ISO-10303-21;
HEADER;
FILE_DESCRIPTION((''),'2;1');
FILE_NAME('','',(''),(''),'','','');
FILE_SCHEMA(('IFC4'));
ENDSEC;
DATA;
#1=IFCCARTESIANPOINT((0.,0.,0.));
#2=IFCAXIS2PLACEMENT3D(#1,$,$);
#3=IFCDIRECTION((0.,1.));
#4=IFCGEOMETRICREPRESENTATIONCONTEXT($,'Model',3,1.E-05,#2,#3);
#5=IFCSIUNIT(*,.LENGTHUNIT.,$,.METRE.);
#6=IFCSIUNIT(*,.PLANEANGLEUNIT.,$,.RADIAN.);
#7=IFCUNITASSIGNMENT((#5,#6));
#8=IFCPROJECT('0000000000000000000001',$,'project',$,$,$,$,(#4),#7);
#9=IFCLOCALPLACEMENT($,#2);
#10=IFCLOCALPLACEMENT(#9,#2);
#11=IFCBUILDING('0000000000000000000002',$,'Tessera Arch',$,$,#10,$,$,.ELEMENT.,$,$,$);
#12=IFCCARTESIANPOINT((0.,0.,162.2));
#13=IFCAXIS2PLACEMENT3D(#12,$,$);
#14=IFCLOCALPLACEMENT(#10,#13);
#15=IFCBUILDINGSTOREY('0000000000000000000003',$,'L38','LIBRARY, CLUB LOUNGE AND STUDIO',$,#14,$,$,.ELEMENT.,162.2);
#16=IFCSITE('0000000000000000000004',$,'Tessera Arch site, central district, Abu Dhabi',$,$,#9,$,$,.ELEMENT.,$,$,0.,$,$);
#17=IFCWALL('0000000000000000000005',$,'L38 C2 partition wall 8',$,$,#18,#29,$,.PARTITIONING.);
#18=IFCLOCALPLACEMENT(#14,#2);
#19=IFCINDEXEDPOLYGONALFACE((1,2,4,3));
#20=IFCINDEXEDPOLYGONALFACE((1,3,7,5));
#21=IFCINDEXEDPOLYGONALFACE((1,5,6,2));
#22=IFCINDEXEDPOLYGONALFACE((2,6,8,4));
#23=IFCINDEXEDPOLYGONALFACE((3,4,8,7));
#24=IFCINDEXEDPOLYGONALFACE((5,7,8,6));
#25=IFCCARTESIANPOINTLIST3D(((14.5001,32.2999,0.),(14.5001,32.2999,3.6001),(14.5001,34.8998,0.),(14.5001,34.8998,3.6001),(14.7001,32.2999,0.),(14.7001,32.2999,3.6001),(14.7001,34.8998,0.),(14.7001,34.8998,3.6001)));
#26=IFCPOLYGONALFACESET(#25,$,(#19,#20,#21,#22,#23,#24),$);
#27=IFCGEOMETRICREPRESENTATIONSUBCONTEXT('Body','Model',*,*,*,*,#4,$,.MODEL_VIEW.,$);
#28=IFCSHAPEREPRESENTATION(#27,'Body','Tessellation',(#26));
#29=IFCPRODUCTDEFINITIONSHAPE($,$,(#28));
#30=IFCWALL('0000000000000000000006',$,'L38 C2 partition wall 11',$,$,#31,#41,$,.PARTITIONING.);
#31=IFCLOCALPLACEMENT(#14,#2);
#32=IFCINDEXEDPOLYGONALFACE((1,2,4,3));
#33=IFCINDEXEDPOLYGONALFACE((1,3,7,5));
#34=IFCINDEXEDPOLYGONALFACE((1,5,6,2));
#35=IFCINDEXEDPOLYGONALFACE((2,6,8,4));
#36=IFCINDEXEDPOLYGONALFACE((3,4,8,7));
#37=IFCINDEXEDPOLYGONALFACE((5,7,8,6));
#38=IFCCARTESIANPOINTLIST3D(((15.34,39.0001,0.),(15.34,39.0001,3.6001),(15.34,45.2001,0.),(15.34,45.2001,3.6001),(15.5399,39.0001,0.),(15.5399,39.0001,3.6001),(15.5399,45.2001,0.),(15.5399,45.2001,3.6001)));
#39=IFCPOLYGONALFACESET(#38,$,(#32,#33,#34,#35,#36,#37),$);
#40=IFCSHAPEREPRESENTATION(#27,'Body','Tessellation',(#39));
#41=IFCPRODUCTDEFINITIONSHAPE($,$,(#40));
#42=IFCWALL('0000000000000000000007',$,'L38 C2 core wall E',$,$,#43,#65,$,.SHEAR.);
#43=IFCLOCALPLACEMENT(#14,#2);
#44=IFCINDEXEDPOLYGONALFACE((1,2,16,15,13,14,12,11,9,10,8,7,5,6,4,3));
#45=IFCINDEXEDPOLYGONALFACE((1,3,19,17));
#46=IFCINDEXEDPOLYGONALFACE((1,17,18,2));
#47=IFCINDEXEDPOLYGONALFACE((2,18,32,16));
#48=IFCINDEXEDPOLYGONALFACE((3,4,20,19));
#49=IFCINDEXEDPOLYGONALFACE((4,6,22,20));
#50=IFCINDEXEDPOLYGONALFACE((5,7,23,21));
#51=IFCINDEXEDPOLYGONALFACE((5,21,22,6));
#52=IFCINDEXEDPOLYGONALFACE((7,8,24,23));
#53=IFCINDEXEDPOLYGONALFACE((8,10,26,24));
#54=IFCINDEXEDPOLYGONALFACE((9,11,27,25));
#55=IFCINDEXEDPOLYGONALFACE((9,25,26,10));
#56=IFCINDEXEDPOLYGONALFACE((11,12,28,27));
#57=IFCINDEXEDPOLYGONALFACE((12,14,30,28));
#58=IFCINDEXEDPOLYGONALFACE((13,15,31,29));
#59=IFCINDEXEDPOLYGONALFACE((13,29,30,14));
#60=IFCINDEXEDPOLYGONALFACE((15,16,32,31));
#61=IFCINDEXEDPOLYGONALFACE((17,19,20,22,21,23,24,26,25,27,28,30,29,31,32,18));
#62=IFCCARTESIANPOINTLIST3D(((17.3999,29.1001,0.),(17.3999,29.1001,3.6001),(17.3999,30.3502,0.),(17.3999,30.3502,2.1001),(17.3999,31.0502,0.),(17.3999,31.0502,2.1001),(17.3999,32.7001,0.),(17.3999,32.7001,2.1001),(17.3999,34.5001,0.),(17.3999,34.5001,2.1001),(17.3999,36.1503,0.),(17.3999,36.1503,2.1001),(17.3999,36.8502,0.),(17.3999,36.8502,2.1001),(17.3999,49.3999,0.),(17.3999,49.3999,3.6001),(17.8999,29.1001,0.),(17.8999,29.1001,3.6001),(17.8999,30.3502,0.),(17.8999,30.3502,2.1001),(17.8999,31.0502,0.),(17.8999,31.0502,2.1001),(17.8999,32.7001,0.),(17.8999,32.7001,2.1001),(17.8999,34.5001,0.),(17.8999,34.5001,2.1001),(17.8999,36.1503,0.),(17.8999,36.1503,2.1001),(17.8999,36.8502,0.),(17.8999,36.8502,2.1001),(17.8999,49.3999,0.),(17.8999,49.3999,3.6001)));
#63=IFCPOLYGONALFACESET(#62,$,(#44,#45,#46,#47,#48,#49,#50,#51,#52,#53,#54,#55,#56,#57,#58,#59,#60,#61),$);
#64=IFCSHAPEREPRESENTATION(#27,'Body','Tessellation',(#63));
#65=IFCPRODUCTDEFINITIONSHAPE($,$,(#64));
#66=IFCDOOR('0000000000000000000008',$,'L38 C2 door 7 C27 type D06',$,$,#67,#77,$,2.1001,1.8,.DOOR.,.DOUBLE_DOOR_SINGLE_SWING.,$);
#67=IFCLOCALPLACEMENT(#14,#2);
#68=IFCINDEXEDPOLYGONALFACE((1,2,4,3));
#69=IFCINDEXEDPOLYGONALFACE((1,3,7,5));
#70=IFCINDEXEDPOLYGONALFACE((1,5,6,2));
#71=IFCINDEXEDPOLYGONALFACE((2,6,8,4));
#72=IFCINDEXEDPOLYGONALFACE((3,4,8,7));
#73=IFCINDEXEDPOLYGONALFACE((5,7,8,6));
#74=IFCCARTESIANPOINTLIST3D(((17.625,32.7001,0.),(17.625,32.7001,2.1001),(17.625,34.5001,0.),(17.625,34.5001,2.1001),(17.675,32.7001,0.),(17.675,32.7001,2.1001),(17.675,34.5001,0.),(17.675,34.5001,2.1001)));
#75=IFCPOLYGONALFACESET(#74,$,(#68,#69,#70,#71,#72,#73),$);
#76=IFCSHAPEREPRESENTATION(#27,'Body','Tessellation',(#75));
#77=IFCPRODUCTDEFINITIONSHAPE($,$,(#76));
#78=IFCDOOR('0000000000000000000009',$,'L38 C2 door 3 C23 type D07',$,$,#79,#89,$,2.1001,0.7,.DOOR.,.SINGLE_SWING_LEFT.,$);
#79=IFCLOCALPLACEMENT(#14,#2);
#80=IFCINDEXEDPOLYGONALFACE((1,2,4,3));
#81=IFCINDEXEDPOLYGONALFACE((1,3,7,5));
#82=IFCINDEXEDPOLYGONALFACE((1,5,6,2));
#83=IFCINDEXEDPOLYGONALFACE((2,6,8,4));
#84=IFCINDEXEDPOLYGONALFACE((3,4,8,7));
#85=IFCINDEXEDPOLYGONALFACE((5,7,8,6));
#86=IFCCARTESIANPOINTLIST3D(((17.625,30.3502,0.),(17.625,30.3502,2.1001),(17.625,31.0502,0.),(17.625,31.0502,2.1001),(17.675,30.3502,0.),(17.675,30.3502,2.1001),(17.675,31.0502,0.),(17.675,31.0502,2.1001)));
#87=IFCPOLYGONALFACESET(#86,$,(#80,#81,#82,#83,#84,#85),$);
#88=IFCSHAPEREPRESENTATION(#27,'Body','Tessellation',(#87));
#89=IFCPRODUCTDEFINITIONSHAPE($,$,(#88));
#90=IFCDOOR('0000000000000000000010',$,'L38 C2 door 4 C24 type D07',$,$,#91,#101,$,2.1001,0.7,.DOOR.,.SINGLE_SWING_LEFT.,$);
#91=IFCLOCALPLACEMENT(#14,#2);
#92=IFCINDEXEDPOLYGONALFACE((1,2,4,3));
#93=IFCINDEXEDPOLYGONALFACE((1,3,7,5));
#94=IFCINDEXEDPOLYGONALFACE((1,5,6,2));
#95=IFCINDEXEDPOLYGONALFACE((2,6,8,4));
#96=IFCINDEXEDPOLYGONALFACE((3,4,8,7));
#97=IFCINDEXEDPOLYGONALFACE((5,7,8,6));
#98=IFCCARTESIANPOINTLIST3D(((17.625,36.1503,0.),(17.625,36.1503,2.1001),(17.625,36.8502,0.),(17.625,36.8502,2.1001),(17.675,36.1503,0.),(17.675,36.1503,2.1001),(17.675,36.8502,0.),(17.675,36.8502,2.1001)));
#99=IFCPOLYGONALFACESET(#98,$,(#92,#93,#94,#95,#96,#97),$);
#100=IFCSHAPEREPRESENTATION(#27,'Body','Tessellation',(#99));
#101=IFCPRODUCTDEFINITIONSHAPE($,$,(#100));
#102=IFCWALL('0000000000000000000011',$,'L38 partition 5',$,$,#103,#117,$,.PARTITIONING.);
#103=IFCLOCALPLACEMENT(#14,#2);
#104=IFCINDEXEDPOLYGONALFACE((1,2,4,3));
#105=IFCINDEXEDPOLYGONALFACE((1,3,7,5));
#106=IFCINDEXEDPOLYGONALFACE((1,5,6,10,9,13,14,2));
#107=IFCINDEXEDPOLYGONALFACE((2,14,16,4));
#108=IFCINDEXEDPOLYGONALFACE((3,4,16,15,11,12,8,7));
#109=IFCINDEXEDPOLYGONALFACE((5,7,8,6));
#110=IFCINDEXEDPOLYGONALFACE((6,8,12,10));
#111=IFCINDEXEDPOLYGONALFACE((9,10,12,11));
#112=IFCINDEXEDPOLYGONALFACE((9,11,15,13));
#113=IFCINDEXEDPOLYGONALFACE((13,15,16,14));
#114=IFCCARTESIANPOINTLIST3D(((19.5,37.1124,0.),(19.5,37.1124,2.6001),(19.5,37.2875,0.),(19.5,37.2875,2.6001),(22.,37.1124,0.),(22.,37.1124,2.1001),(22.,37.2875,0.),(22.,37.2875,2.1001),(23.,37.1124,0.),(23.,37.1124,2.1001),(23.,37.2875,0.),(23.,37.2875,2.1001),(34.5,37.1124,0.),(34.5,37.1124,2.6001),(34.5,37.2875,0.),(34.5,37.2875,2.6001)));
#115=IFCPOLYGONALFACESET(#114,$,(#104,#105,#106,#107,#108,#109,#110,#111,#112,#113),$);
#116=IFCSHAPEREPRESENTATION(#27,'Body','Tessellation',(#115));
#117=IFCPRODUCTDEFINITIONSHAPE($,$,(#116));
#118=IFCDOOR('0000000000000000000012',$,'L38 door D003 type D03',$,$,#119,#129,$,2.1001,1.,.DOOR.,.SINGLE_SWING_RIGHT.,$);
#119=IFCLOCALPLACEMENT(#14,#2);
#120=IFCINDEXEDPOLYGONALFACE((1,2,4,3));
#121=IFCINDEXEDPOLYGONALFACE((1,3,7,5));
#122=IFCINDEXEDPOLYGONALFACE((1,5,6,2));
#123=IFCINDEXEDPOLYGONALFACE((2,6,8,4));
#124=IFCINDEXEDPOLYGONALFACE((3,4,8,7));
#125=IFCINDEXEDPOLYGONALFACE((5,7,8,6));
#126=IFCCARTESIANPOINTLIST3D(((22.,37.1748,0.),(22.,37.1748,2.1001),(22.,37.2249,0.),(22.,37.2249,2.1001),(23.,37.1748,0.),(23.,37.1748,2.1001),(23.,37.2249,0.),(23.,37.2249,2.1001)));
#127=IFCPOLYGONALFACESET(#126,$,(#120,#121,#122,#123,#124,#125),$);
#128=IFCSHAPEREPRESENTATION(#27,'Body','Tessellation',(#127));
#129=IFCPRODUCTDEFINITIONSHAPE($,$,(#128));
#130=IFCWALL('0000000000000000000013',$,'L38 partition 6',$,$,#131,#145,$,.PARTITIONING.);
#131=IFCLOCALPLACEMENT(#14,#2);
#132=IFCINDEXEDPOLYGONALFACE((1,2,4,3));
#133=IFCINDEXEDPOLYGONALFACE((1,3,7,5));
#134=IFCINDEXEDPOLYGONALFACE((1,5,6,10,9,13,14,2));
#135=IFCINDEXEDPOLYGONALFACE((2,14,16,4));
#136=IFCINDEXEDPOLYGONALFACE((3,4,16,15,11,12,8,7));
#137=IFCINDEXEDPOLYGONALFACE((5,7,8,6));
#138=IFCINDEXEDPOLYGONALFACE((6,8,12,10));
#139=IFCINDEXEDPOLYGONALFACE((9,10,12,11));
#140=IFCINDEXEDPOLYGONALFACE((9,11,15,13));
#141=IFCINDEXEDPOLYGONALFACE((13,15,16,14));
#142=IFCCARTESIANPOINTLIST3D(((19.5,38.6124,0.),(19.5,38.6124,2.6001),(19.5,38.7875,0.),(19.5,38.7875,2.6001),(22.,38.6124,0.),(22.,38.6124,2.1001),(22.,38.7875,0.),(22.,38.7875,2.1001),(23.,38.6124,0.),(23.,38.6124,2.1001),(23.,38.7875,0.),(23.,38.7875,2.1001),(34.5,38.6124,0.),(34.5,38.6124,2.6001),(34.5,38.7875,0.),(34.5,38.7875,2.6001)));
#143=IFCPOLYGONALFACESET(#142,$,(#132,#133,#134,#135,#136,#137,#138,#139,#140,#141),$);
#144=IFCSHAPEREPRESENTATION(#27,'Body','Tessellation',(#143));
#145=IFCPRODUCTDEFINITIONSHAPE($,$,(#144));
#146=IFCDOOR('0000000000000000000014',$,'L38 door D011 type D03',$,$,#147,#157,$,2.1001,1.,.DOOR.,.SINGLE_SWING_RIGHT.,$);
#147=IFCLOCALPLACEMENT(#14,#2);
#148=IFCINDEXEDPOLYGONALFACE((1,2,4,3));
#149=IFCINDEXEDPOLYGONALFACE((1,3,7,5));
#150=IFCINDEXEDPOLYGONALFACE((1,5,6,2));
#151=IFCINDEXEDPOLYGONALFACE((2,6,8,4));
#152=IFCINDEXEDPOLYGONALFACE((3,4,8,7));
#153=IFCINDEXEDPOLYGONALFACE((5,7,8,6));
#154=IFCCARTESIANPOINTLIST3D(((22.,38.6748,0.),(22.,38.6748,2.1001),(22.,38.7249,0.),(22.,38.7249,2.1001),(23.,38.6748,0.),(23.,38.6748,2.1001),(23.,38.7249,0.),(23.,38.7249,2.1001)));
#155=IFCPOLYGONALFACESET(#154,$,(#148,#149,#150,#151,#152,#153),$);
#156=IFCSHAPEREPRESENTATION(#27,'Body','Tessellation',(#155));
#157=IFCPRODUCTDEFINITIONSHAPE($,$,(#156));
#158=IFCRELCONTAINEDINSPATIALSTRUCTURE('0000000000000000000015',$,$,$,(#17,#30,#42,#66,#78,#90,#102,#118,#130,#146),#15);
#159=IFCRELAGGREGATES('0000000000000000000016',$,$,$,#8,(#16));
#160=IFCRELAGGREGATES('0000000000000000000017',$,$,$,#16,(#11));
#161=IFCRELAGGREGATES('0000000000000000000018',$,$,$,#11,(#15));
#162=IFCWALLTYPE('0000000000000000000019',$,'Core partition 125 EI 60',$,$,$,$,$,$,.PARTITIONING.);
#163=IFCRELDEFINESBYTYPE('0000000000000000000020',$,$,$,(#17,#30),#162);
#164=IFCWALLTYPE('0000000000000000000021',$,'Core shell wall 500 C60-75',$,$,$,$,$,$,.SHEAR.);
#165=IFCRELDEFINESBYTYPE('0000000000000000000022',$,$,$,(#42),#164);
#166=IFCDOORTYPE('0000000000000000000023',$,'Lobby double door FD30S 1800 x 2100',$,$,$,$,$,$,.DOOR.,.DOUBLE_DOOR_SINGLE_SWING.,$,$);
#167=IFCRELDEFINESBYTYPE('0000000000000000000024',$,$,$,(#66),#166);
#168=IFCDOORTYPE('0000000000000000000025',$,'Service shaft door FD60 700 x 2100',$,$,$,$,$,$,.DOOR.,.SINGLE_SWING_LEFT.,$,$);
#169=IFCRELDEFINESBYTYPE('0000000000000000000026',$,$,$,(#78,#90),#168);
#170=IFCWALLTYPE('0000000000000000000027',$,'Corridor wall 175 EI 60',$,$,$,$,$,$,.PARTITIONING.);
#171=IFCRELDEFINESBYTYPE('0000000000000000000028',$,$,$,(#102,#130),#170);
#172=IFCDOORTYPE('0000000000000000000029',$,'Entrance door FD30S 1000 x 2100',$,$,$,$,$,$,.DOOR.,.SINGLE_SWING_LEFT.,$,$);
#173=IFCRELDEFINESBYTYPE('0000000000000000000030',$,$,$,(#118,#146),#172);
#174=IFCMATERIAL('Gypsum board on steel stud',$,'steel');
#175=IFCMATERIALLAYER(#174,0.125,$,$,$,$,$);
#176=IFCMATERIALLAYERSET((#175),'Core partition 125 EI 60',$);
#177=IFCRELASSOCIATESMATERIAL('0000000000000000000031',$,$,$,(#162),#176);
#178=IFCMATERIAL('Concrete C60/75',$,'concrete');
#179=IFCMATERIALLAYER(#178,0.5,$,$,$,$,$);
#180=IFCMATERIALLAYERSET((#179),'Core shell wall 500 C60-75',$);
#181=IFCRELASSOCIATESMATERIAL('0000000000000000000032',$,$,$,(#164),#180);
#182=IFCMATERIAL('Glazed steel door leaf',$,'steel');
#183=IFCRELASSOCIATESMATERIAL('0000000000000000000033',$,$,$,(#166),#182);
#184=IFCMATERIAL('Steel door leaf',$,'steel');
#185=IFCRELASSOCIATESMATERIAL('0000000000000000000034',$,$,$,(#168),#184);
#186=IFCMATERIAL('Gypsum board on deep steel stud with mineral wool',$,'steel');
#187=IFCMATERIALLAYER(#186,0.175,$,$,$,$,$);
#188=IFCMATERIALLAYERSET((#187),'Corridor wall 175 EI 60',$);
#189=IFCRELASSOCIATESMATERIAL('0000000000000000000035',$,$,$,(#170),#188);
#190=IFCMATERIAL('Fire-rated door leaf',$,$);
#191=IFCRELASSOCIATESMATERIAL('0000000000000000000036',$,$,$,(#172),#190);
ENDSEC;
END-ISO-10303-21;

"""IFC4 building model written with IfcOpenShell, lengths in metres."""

from ifc_helpers import new_model, si_unit, direction, frame, frame_2d, origin, place, context, subcontext, project, spatial, rectangle, extrude, material, layer, layer_set, type_object, element, fill, save


model = new_model("IFC4")

# Units and contexts
model_context = context("Model", 3, precision=1e-05, world=origin(), true_north=direction((0.0, 1.0)))
body_context = subcontext(model_context, "Body", "Model", "MODEL_VIEW")
ifc_project = project(units=[si_unit("LENGTHUNIT", "METRE"), si_unit("PLANEANGLEUNIT", "RADIAN")], contexts=[model_context])

# Site, building, storey
site_placement = place(None, origin())
site = spatial("IfcSite", under=ifc_project, at=site_placement, Name="Tessera Arch site, central district, Abu Dhabi", CompositionType="ELEMENT", RefElevation=0.0)
building_placement = place(site_placement, origin())
building = spatial("IfcBuilding", under=site, at=building_placement, Name="Tessera Arch", CompositionType="ELEMENT")
storey_placement = place(building_placement, frame((0.0, 0.0, 162.2)))
storey = spatial("IfcBuildingStorey", under=building, at=storey_placement, Name="L38", Description="LIBRARY, CLUB LOUNGE AND STUDIO", CompositionType="ELEMENT", Elevation=162.2)

# Walls
ifc_material_1 = material(Name="Gypsum board on steel stud", Category="steel")
ifc_layer_1 = layer(ifc_material_1, 0.125)
ifc_layer_set_1 = layer_set([ifc_layer_1], Name="Core partition 125 EI 60")
wall_type_1 = type_object("IfcWallType", Name="Core partition 125 EI 60", PredefinedType="PARTITIONING", material=ifc_layer_set_1)
wall_1_placement = place(storey_placement, frame((14.6001, 32.3, 0.0), z_axis=(0.0, 0.0, 1.0), x_axis=(0.0, 1.0, 0.0)))
element("IfcWall", 1, at=wall_1_placement, inside=storey, type_object=wall_type_1, Name="L38 C2 partition wall 8", PredefinedType="PARTITIONING", context=body_context, shape_type="SweptSolid", body=[
    extrude(rectangle(XDim=2.5999, YDim=0.2, at=frame_2d((1.2998, 0.0))), origin(), (0.0, 0.0, 1.0), 3.6001),
])
wall_2_placement = place(storey_placement, frame((15.4399, 39.0, 0.0), z_axis=(0.0, 0.0, 1.0), x_axis=(0.0, 1.0, 0.0)))
element("IfcWall", 2, at=wall_2_placement, inside=storey, type_object=wall_type_1, Name="L38 C2 partition wall 11", PredefinedType="PARTITIONING", context=body_context, shape_type="SweptSolid", body=[
    extrude(rectangle(XDim=6.2, YDim=0.2, at=frame_2d((3.1001, 0.0))), origin(), (0.0, 0.0, 1.0), 3.6001),
])

# Wall, openings, doors
ifc_material_2 = material(Name="Concrete C60/75", Category="concrete")
ifc_layer_2 = layer(ifc_material_2, 0.5)
ifc_layer_set_2 = layer_set([ifc_layer_2], Name="Core shell wall 500 C60-75")
wall_type_2 = type_object("IfcWallType", Name="Core shell wall 500 C60-75", PredefinedType="SHEAR", material=ifc_layer_set_2)
wall_3_placement = place(storey_placement, frame((17.6499, 29.1001, 0.0), z_axis=(0.0, 0.0, 1.0), x_axis=(0.0, 1.0, 0.0)))
wall_3 = element("IfcWall", 3, at=wall_3_placement, inside=storey, type_object=wall_type_2, Name="L38 C2 core wall E", PredefinedType="SHEAR", context=body_context, shape_type="SweptSolid", body=[
    extrude(rectangle(XDim=20.2998, YDim=0.5, at=frame_2d((10.1499, 0.0))), origin(), (0.0, 0.0, 1.0), 3.6001),
])
opening_1_placement = place(wall_3_placement, frame((1.25, 0.0, 0.0)))
opening_1 = element("IfcOpeningElement", 4, at=opening_1_placement, cuts=wall_3, PredefinedType="OPENING", context=body_context, shape_type="SweptSolid", body=[
    extrude(rectangle(XDim=0.7, YDim=2.1001, at=frame_2d((0.3501, 1.05))), frame((0.0, 0.26, 0.0), z_axis=(0.0, -1.0, 0.0), x_axis=(1.0, 0.0, 0.0)), (0.0, 0.0, 1.0), 0.52),
])
opening_2_placement = place(wall_3_placement, frame((7.05, 0.0, 0.0)))
opening_2 = element("IfcOpeningElement", 5, at=opening_2_placement, cuts=wall_3, PredefinedType="OPENING", context=body_context, shape_type="SweptSolid", body=[
    extrude(rectangle(XDim=0.7, YDim=2.1001, at=frame_2d((0.3501, 1.05))), frame((0.0, 0.26, 0.0), z_axis=(0.0, -1.0, 0.0), x_axis=(1.0, 0.0, 0.0)), (0.0, 0.0, 1.0), 0.52),
])
opening_3_placement = place(wall_3_placement, frame((3.6001, 0.0, 0.0)))
opening_3 = element("IfcOpeningElement", 6, at=opening_3_placement, cuts=wall_3, PredefinedType="OPENING", context=body_context, shape_type="SweptSolid", body=[
    extrude(rectangle(XDim=1.8, YDim=2.1001, at=frame_2d((0.8999, 1.05))), frame((0.0, 0.26, 0.0), z_axis=(0.0, -1.0, 0.0), x_axis=(1.0, 0.0, 0.0)), (0.0, 0.0, 1.0), 0.52),
])
ifc_material_3 = material(Name="Glazed steel door leaf", Category="steel")
door_type_1 = type_object("IfcDoorType", Name="Lobby double door FD30S 1800 x 2100", OperationType="DOUBLE_DOOR_SINGLE_SWING", PredefinedType="DOOR", material=ifc_material_3)
door_1_placement = place(opening_3_placement, origin())
door_1 = element("IfcDoor", 7, at=door_1_placement, inside=storey, type_object=door_type_1, Name="L38 C2 door 7 C27 type D06", OperationType="DOUBLE_DOOR_SINGLE_SWING", OverallHeight=2.1001, OverallWidth=1.8, PredefinedType="DOOR", context=body_context, shape_type="SweptSolid", body=[
    extrude(rectangle(XDim=1.8, YDim=2.1001, at=frame_2d((0.8999, 1.05))), frame((0.0, 0.0249, 0.0), z_axis=(0.0, -1.0, 0.0), x_axis=(1.0, 0.0, 0.0)), (0.0, 0.0, 1.0), 0.05),
])
fill(opening_3, door_1)
ifc_material_4 = material(Name="Steel door leaf", Category="steel")
door_type_2 = type_object("IfcDoorType", Name="Service shaft door FD60 700 x 2100", OperationType="SINGLE_SWING_LEFT", PredefinedType="DOOR", material=ifc_material_4)
door_2_placement = place(opening_1_placement, origin())
door_2 = element("IfcDoor", 8, at=door_2_placement, inside=storey, type_object=door_type_2, Name="L38 C2 door 3 C23 type D07", OperationType="SINGLE_SWING_LEFT", OverallHeight=2.1001, OverallWidth=0.7, PredefinedType="DOOR", context=body_context, shape_type="SweptSolid", body=[
    extrude(rectangle(XDim=0.7, YDim=2.1001, at=frame_2d((0.3501, 1.05))), frame((0.0, 0.0249, 0.0), z_axis=(0.0, -1.0, 0.0), x_axis=(1.0, 0.0, 0.0)), (0.0, 0.0, 1.0), 0.05),
])
fill(opening_1, door_2)
door_3_placement = place(opening_2_placement, origin())
door_3 = element("IfcDoor", 9, at=door_3_placement, inside=storey, type_object=door_type_2, Name="L38 C2 door 4 C24 type D07", OperationType="SINGLE_SWING_LEFT", OverallHeight=2.1001, OverallWidth=0.7, PredefinedType="DOOR", context=body_context, shape_type="SweptSolid", body=[
    extrude(rectangle(XDim=0.7, YDim=2.1001, at=frame_2d((0.3501, 1.05))), frame((0.0, 0.0249, 0.0), z_axis=(0.0, -1.0, 0.0), x_axis=(1.0, 0.0, 0.0)), (0.0, 0.0, 1.0), 0.05),
])
fill(opening_2, door_3)

# Walls, openings, doors
ifc_material_5 = material(Name="Gypsum board on deep steel stud with mineral wool", Category="steel")
ifc_layer_3 = layer(ifc_material_5, 0.175)
ifc_layer_set_3 = layer_set([ifc_layer_3], Name="Corridor wall 175 EI 60")
wall_type_3 = type_object("IfcWallType", Name="Corridor wall 175 EI 60", PredefinedType="PARTITIONING", material=ifc_layer_set_3)
wall_4_placement = place(storey_placement, frame((19.5, 37.2, 0.0), z_axis=(0.0, 0.0, 1.0), x_axis=(1.0, 0.0, 0.0)))
wall_4 = element("IfcWall", 10, at=wall_4_placement, inside=storey, type_object=wall_type_3, Name="L38 partition 5", PredefinedType="PARTITIONING", context=body_context, shape_type="SweptSolid", body=[
    extrude(rectangle(XDim=15.0, YDim=0.175, at=frame_2d((7.5, 0.0))), origin(), (0.0, 0.0, 1.0), 2.6001),
])
opening_4_placement = place(wall_4_placement, frame((2.5, 0.0, 0.0)))
opening_4 = element("IfcOpeningElement", 11, at=opening_4_placement, cuts=wall_4, PredefinedType="OPENING", context=body_context, shape_type="SweptSolid", body=[
    extrude(rectangle(XDim=1.0, YDim=2.1001, at=frame_2d((0.5, 1.05))), frame((0.0, 0.0974, 0.0), z_axis=(0.0, -1.0, 0.0), x_axis=(1.0, 0.0, 0.0)), (0.0, 0.0, 1.0), 0.1951),
])
ifc_material_6 = material(Name="Fire-rated door leaf")
door_type_3 = type_object("IfcDoorType", Name="Entrance door FD30S 1000 x 2100", OperationType="SINGLE_SWING_LEFT", PredefinedType="DOOR", material=ifc_material_6)
door_4_placement = place(opening_4_placement, origin())
door_4 = element("IfcDoor", 12, at=door_4_placement, inside=storey, type_object=door_type_3, Name="L38 door D003 type D03", OperationType="SINGLE_SWING_RIGHT", OverallHeight=2.1001, OverallWidth=1.0, PredefinedType="DOOR", context=body_context, shape_type="SweptSolid", body=[
    extrude(rectangle(XDim=1.0, YDim=2.1001, at=frame_2d((0.5, 1.05))), frame((0.0, 0.0249, 0.0), z_axis=(0.0, -1.0, 0.0), x_axis=(1.0, 0.0, 0.0)), (0.0, 0.0, 1.0), 0.05),
])
fill(opening_4, door_4)
wall_5_placement = place(storey_placement, frame((19.5, 38.7, 0.0), z_axis=(0.0, 0.0, 1.0), x_axis=(1.0, 0.0, 0.0)))
wall_5 = element("IfcWall", 13, at=wall_5_placement, inside=storey, type_object=wall_type_3, Name="L38 partition 6", PredefinedType="PARTITIONING", context=body_context, shape_type="SweptSolid", body=[
    extrude(rectangle(XDim=15.0, YDim=0.175, at=frame_2d((7.5, 0.0))), origin(), (0.0, 0.0, 1.0), 2.6001),
])
opening_5_placement = place(wall_5_placement, frame((2.5, 0.0, 0.0)))
opening_5 = element("IfcOpeningElement", 14, at=opening_5_placement, cuts=wall_5, PredefinedType="OPENING", context=body_context, shape_type="SweptSolid", body=[
    extrude(rectangle(XDim=1.0, YDim=2.1001, at=frame_2d((0.5, 1.05))), frame((0.0, 0.0974, 0.0), z_axis=(0.0, -1.0, 0.0), x_axis=(1.0, 0.0, 0.0)), (0.0, 0.0, 1.0), 0.1951),
])
door_5_placement = place(opening_5_placement, origin())
door_5 = element("IfcDoor", 15, at=door_5_placement, inside=storey, type_object=door_type_3, Name="L38 door D011 type D03", OperationType="SINGLE_SWING_RIGHT", OverallHeight=2.1001, OverallWidth=1.0, PredefinedType="DOOR", context=body_context, shape_type="SweptSolid", body=[
    extrude(rectangle(XDim=1.0, YDim=2.1001, at=frame_2d((0.5, 1.05))), frame((0.0, 0.0249, 0.0), z_axis=(0.0, -1.0, 0.0), x_axis=(1.0, 0.0, 0.0)), (0.0, 0.0, 1.0), 0.05),
])
fill(opening_5, door_5)

save(model, "model.ifc")
